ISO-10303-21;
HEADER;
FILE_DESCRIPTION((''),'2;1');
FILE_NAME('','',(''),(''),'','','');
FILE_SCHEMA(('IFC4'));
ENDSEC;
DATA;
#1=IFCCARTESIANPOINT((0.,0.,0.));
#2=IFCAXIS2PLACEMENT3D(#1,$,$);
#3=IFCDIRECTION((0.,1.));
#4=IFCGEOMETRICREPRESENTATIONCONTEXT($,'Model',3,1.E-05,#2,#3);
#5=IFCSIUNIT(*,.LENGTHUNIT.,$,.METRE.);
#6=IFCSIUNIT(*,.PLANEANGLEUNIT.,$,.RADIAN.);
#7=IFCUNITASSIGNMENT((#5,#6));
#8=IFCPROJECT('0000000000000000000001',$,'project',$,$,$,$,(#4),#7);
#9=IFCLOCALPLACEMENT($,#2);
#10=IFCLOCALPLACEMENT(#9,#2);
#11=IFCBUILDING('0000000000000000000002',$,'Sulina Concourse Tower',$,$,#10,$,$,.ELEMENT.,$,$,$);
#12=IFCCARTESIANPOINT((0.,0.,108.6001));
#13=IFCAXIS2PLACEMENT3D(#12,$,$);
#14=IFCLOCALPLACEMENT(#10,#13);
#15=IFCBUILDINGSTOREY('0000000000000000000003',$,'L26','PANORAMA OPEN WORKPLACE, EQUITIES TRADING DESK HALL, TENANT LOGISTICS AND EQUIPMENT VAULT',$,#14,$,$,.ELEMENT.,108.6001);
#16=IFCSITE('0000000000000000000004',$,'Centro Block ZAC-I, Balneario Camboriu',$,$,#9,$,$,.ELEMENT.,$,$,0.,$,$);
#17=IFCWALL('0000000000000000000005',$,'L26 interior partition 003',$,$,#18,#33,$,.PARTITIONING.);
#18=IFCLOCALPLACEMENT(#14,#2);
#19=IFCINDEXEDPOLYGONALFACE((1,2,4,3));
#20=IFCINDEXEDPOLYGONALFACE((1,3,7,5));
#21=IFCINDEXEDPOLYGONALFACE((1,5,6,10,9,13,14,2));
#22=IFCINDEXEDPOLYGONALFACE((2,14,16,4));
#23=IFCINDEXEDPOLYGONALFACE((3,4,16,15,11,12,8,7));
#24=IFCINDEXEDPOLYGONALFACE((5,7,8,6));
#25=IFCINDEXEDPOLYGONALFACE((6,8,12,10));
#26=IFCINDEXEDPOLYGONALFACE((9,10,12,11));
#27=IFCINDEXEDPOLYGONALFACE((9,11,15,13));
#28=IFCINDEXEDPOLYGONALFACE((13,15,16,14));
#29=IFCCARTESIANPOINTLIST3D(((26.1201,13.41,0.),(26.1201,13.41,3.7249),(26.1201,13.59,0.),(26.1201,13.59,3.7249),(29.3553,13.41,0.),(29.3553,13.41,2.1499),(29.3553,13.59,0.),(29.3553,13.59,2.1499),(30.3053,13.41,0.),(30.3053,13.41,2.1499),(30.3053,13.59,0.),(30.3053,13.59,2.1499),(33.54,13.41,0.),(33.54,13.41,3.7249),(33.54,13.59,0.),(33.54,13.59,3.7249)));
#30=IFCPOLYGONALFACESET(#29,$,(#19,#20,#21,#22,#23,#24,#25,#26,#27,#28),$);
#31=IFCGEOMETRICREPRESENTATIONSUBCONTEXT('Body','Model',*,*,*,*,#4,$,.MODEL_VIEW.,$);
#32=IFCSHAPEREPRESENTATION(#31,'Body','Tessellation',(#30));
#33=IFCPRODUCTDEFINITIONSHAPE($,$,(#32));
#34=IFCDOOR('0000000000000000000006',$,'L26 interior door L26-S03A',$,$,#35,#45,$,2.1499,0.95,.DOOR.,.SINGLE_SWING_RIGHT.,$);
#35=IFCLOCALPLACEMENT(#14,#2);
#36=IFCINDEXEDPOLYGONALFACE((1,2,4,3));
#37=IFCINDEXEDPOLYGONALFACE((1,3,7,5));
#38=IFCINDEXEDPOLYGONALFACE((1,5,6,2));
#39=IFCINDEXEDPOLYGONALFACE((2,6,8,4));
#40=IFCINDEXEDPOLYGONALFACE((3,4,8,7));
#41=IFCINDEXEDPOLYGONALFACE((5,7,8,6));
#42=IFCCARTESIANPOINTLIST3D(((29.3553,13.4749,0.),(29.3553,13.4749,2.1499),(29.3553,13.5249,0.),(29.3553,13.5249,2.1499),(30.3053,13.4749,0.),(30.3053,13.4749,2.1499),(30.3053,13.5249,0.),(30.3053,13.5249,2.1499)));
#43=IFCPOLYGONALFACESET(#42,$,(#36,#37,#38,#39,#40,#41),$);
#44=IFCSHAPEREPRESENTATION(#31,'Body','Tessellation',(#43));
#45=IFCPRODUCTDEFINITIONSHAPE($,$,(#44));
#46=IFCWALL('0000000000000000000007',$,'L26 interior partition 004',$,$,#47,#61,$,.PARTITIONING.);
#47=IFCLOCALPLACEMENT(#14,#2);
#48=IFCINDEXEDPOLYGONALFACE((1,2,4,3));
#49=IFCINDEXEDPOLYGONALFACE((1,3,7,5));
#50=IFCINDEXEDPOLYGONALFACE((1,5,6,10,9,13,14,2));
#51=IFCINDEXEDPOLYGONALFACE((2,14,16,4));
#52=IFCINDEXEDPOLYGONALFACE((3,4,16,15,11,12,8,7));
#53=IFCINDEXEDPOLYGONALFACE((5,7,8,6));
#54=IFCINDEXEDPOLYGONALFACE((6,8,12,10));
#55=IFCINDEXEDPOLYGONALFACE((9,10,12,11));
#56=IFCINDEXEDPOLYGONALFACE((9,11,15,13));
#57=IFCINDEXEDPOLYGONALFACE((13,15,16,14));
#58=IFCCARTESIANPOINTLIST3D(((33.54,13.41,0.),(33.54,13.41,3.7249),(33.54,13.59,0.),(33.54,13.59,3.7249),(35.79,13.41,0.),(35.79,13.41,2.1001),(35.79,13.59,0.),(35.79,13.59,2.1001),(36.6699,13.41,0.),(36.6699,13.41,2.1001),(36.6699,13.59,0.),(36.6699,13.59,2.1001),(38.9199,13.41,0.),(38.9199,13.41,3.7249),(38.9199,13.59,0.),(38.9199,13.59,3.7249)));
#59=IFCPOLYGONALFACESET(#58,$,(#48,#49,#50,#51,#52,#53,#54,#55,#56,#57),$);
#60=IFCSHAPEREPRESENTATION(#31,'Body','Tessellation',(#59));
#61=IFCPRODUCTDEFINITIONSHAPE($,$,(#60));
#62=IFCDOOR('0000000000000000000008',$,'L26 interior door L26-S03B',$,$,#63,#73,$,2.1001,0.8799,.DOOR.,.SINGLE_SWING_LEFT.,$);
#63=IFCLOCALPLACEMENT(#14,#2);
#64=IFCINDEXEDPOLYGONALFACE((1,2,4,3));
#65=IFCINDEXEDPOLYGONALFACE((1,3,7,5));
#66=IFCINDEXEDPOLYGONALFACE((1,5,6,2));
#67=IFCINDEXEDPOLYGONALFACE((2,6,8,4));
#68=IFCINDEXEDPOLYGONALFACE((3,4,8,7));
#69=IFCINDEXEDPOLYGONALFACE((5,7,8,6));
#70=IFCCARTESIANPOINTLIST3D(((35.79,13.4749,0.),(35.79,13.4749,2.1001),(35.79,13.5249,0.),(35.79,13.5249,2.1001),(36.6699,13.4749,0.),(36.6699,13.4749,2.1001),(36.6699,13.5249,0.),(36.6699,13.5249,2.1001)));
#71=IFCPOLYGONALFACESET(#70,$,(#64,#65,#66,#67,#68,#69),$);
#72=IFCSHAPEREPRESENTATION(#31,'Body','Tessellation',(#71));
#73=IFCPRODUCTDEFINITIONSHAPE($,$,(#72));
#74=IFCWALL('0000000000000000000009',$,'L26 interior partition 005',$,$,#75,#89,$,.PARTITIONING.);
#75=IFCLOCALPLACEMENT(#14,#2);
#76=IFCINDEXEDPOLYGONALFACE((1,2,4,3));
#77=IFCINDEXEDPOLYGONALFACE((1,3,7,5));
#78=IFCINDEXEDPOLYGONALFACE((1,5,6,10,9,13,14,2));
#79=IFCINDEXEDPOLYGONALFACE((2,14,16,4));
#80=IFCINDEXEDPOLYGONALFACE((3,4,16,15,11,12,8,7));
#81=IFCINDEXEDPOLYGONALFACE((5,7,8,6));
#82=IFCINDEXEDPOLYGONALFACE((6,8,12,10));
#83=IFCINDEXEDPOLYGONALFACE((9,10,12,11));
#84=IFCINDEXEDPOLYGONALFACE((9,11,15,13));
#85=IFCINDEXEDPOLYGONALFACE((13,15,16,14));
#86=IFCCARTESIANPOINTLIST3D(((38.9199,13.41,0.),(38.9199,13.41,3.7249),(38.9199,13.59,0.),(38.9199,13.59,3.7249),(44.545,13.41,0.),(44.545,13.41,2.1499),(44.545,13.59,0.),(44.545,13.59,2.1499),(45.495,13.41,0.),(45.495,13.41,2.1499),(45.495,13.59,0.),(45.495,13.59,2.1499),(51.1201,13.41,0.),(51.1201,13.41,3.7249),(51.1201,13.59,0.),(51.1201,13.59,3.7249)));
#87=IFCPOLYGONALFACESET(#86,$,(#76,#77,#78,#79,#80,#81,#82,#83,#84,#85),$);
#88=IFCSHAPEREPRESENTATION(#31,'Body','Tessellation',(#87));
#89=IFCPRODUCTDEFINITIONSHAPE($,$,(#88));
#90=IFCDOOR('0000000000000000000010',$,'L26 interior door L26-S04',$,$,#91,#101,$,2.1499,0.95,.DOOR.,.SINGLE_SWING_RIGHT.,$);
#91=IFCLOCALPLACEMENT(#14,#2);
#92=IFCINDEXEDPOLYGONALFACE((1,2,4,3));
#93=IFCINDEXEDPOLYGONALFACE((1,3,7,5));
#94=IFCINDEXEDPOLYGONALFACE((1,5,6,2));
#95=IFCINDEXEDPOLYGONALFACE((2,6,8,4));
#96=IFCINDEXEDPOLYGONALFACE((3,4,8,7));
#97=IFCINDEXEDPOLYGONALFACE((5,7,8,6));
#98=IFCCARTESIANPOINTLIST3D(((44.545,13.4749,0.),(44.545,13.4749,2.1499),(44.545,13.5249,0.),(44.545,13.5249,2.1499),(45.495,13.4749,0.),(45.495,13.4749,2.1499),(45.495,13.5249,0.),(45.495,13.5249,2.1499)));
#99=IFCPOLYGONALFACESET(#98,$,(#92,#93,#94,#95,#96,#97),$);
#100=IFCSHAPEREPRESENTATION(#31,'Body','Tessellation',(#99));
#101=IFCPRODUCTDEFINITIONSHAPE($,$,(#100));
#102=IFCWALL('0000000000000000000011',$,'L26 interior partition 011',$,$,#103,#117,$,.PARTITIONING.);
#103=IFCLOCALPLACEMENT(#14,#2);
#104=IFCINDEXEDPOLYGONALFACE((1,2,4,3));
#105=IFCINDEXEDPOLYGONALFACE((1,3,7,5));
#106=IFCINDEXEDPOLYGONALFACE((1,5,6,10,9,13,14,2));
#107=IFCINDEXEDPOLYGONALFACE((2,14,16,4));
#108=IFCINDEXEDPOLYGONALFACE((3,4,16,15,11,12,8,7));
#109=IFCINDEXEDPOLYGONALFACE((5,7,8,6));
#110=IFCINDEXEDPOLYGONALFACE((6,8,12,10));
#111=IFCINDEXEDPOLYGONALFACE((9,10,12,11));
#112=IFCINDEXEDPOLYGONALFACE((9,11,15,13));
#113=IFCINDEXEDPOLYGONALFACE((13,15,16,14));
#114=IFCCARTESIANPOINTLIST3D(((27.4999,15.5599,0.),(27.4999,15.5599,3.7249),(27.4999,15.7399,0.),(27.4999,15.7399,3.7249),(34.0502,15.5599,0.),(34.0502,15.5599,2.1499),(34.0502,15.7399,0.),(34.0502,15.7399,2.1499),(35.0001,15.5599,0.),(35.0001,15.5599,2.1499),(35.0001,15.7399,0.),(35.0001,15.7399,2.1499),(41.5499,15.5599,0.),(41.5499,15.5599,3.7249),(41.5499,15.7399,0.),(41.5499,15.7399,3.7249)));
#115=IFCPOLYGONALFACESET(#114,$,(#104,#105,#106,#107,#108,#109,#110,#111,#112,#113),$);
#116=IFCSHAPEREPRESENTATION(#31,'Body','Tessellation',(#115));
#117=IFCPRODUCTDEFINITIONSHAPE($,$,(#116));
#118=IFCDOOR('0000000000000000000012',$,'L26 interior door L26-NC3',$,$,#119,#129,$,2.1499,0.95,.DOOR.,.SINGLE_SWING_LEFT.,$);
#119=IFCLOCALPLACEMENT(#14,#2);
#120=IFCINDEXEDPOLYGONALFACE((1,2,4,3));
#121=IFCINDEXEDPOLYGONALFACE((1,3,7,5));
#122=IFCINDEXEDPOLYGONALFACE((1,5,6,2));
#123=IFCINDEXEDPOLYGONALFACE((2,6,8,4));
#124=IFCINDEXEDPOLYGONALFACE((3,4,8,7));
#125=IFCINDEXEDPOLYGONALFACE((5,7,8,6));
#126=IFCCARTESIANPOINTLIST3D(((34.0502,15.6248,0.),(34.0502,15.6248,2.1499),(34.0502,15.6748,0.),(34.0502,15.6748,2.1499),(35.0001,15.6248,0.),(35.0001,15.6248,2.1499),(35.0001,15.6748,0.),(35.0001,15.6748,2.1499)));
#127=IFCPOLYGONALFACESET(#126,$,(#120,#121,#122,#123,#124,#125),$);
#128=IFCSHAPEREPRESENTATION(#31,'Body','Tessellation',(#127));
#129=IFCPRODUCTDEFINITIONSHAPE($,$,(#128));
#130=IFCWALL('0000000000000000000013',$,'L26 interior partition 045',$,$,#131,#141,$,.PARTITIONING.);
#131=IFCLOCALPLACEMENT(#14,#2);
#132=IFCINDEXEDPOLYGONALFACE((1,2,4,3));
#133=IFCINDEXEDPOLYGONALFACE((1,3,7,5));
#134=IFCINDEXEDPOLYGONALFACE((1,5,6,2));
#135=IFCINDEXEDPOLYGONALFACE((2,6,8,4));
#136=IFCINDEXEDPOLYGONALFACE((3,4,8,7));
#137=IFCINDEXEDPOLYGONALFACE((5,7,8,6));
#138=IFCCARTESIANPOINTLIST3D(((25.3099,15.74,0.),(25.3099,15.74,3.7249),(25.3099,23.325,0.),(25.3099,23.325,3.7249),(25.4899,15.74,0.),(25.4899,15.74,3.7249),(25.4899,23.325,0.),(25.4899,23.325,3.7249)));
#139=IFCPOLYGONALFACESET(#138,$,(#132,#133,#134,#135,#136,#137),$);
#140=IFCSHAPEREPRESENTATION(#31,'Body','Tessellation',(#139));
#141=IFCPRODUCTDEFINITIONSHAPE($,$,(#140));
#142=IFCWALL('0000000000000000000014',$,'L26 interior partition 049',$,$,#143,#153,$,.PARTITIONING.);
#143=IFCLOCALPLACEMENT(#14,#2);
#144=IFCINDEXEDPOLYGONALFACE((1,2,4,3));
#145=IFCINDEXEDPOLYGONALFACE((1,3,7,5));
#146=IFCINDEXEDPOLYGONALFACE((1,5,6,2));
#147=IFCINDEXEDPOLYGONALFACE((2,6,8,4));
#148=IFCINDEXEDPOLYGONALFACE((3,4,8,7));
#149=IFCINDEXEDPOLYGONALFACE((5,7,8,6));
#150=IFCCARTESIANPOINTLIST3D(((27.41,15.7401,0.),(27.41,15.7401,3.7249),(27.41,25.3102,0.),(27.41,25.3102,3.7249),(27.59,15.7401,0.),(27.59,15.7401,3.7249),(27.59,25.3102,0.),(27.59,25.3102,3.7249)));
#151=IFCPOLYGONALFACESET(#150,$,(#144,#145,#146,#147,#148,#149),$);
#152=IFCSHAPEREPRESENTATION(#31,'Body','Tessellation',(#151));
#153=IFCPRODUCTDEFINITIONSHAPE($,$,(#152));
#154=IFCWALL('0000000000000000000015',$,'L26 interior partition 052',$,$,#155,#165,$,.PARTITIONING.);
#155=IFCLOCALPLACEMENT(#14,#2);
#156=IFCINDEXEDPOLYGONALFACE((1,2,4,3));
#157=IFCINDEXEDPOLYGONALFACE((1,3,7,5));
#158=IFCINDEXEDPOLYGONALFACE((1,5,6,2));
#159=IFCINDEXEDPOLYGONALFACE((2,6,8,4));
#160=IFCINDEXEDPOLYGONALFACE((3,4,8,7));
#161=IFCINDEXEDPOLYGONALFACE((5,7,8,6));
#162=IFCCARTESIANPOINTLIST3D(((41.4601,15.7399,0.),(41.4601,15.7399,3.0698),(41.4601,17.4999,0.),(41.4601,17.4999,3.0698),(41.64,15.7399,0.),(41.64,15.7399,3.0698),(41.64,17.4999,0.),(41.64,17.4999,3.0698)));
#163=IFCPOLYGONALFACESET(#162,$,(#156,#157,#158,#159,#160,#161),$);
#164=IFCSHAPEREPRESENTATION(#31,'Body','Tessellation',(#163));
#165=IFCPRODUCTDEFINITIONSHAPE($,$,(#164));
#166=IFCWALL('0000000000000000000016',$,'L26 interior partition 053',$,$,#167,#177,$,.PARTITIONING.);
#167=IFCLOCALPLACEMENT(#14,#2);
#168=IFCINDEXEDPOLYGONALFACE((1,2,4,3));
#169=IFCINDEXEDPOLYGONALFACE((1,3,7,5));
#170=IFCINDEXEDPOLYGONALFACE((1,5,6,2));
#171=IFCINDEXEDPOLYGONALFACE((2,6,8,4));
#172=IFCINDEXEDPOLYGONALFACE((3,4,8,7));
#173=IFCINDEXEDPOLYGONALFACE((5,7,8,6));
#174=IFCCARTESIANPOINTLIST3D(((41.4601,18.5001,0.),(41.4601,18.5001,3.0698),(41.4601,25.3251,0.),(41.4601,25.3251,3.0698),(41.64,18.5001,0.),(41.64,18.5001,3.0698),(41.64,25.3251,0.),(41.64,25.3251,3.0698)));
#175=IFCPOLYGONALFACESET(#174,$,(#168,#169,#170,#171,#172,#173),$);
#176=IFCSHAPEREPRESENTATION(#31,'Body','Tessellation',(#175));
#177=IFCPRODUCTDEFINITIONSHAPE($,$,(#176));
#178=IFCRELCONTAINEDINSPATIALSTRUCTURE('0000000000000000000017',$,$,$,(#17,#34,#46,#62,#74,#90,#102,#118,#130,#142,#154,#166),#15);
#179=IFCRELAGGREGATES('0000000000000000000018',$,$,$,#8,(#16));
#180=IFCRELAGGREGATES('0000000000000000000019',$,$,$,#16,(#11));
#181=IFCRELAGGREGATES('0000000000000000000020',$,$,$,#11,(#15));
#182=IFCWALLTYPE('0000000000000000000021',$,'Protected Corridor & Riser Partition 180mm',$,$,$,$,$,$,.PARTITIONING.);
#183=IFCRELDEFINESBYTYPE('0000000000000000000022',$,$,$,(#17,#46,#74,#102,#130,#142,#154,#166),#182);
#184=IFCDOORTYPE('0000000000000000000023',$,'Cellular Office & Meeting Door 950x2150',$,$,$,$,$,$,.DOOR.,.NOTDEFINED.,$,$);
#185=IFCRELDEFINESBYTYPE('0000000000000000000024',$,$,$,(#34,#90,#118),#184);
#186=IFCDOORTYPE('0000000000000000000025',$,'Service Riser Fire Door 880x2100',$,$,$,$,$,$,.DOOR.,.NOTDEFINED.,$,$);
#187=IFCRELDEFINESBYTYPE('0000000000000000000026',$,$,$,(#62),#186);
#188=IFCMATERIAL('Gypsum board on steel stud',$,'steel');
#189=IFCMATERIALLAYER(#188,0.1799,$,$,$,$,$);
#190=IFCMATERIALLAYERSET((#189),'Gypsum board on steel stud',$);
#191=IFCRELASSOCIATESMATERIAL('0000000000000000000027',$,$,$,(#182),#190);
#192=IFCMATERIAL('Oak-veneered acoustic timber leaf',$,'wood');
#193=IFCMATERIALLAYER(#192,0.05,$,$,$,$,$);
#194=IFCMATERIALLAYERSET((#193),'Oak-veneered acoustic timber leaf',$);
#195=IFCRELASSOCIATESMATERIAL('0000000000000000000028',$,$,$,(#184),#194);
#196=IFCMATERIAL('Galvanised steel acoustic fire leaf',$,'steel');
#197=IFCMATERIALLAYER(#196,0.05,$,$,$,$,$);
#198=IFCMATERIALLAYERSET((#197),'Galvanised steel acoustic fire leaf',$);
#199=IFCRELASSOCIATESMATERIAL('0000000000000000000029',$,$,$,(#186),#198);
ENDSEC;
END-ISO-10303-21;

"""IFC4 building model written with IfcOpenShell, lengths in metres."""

from ifc_helpers import new_model, si_unit, direction, frame, frame_2d, origin, place, context, subcontext, project, spatial, rectangle, extrude, material, layer, layer_set, type_object, element, fill, save


model = new_model("IFC4")

# Units and contexts
model_context = context("Model", 3, precision=1e-05, world=origin(), true_north=direction((0.0, 1.0)))
body_context = subcontext(model_context, "Body", "Model", "MODEL_VIEW")
ifc_project = project(units=[si_unit("LENGTHUNIT", "METRE"), si_unit("PLANEANGLEUNIT", "RADIAN")], contexts=[model_context])

# Site, building, storey
site_placement = place(None, origin())
site = spatial("IfcSite", under=ifc_project, at=site_placement, Name="Centro Block ZAC-I, Balneario Camboriu", CompositionType="ELEMENT", RefElevation=0.0)
building_placement = place(site_placement, origin())
building = spatial("IfcBuilding", under=site, at=building_placement, Name="Sulina Concourse Tower", CompositionType="ELEMENT")
storey_placement = place(building_placement, frame((0.0, 0.0, 108.6001)))
storey = spatial("IfcBuildingStorey", under=building, at=storey_placement, Name="L26", Description="PANORAMA OPEN WORKPLACE, EQUITIES TRADING DESK HALL, TENANT LOGISTICS AND EQUIPMENT VAULT", CompositionType="ELEMENT", Elevation=108.6001)

# Walls, openings, doors
ifc_material_1 = material(Name="Gypsum board on steel stud", Category="steel")
ifc_layer_1 = layer(ifc_material_1, 0.1799)
ifc_layer_set_1 = layer_set([ifc_layer_1], Name="Gypsum board on steel stud")
wall_type_1 = type_object("IfcWallType", Name="Protected Corridor & Riser Partition 180mm", PredefinedType="PARTITIONING", material=ifc_layer_set_1)
wall_1_placement = place(storey_placement, frame((26.1201, 13.5, 0.0), z_axis=(0.0, 0.0, 1.0), x_axis=(1.0, 0.0, 0.0)))
wall_1 = element("IfcWall", 1, at=wall_1_placement, inside=storey, type_object=wall_type_1, Name="L26 interior partition 003", PredefinedType="PARTITIONING", context=body_context, shape_type="SweptSolid", body=[
    extrude(rectangle(XDim=7.4199, YDim=0.1799, at=frame_2d((3.71, 0.0))), origin(), (0.0, 0.0, 1.0), 3.7249),
])
opening_1_placement = place(wall_1_placement, frame((3.2351, 0.0, 0.0)))
opening_1 = element("IfcOpeningElement", 2, at=opening_1_placement, cuts=wall_1, PredefinedType="OPENING", context=body_context, shape_type="SweptSolid", body=[
    extrude(rectangle(XDim=0.95, YDim=2.1499, at=frame_2d((0.4751, 1.075))), frame((0.0, 0.0999, 0.0), z_axis=(0.0, -1.0, 0.0), x_axis=(1.0, 0.0, 0.0)), (0.0, 0.0, 1.0), 0.2),
])
ifc_material_2 = material(Name="Oak-veneered acoustic timber leaf", Category="wood")
ifc_layer_2 = layer(ifc_material_2, 0.05)
ifc_layer_set_2 = layer_set([ifc_layer_2], Name="Oak-veneered acoustic timber leaf")
door_type_1 = type_object("IfcDoorType", Name="Cellular Office & Meeting Door 950x2150", OperationType="NOTDEFINED", PredefinedType="DOOR", material=ifc_layer_set_2)
door_1_placement = place(opening_1_placement, origin())
door_1 = element("IfcDoor", 3, at=door_1_placement, inside=storey, type_object=door_type_1, Name="L26 interior door L26-S03A", OperationType="SINGLE_SWING_RIGHT", OverallHeight=2.1499, OverallWidth=0.95, PredefinedType="DOOR", context=body_context, shape_type="SweptSolid", body=[
    extrude(rectangle(XDim=0.95, YDim=2.1499, at=frame_2d((0.4751, 1.075))), frame((0.0, 0.0249, 0.0), z_axis=(0.0, -1.0, 0.0), x_axis=(1.0, 0.0, 0.0)), (0.0, 0.0, 1.0), 0.05),
])
fill(opening_1, door_1)
wall_2_placement = place(storey_placement, frame((33.54, 13.5, 0.0), z_axis=(0.0, 0.0, 1.0), x_axis=(1.0, 0.0, 0.0)))
wall_2 = element("IfcWall", 4, at=wall_2_placement, inside=storey, type_object=wall_type_1, Name="L26 interior partition 004", PredefinedType="PARTITIONING", context=body_context, shape_type="SweptSolid", body=[
    extrude(rectangle(XDim=5.3799, YDim=0.1799, at=frame_2d((2.6899, 0.0))), origin(), (0.0, 0.0, 1.0), 3.7249),
])
opening_2_placement = place(wall_2_placement, frame((2.25, 0.0, 0.0)))
opening_2 = element("IfcOpeningElement", 5, at=opening_2_placement, cuts=wall_2, PredefinedType="OPENING", context=body_context, shape_type="SweptSolid", body=[
    extrude(rectangle(XDim=0.8799, YDim=2.1001, at=frame_2d((0.4399, 1.05))), frame((0.0, 0.0999, 0.0), z_axis=(0.0, -1.0, 0.0), x_axis=(1.0, 0.0, 0.0)), (0.0, 0.0, 1.0), 0.2),
])
ifc_material_3 = material(Name="Galvanised steel acoustic fire leaf", Category="steel")
ifc_layer_3 = layer(ifc_material_3, 0.05)
ifc_layer_set_3 = layer_set([ifc_layer_3], Name="Galvanised steel acoustic fire leaf")
door_type_2 = type_object("IfcDoorType", Name="Service Riser Fire Door 880x2100", OperationType="NOTDEFINED", PredefinedType="DOOR", material=ifc_layer_set_3)
door_2_placement = place(opening_2_placement, origin())
door_2 = element("IfcDoor", 6, at=door_2_placement, inside=storey, type_object=door_type_2, Name="L26 interior door L26-S03B", OperationType="SINGLE_SWING_LEFT", OverallHeight=2.1001, OverallWidth=0.8799, PredefinedType="DOOR", context=body_context, shape_type="SweptSolid", body=[
    extrude(rectangle(XDim=0.8799, YDim=2.1001, at=frame_2d((0.4399, 1.05))), frame((0.0, 0.0249, 0.0), z_axis=(0.0, -1.0, 0.0), x_axis=(1.0, 0.0, 0.0)), (0.0, 0.0, 1.0), 0.05),
])
fill(opening_2, door_2)
wall_3_placement = place(storey_placement, frame((38.9199, 13.5, 0.0), z_axis=(0.0, 0.0, 1.0), x_axis=(1.0, 0.0, 0.0)))
wall_3 = element("IfcWall", 7, at=wall_3_placement, inside=storey, type_object=wall_type_1, Name="L26 interior partition 005", PredefinedType="PARTITIONING", context=body_context, shape_type="SweptSolid", body=[
    extrude(rectangle(XDim=12.2002, YDim=0.1799, at=frame_2d((6.1001, 0.0))), origin(), (0.0, 0.0, 1.0), 3.7249),
])
opening_3_placement = place(wall_3_placement, frame((5.625, 0.0, 0.0)))
opening_3 = element("IfcOpeningElement", 8, at=opening_3_placement, cuts=wall_3, PredefinedType="OPENING", context=body_context, shape_type="SweptSolid", body=[
    extrude(rectangle(XDim=0.95, YDim=2.1499, at=frame_2d((0.4751, 1.075))), frame((0.0, 0.0999, 0.0), z_axis=(0.0, -1.0, 0.0), x_axis=(1.0, 0.0, 0.0)), (0.0, 0.0, 1.0), 0.2),
])
door_3_placement = place(opening_3_placement, origin())
door_3 = element("IfcDoor", 9, at=door_3_placement, inside=storey, type_object=door_type_1, Name="L26 interior door L26-S04", OperationType="SINGLE_SWING_RIGHT", OverallHeight=2.1499, OverallWidth=0.95, PredefinedType="DOOR", context=body_context, shape_type="SweptSolid", body=[
    extrude(rectangle(XDim=0.95, YDim=2.1499, at=frame_2d((0.4751, 1.075))), frame((0.0, 0.0249, 0.0), z_axis=(0.0, -1.0, 0.0), x_axis=(1.0, 0.0, 0.0)), (0.0, 0.0, 1.0), 0.05),
])
fill(opening_3, door_3)
wall_4_placement = place(storey_placement, frame((27.5, 15.6499, 0.0), z_axis=(0.0, 0.0, 1.0), x_axis=(1.0, 0.0, 0.0)))
wall_4 = element("IfcWall", 10, at=wall_4_placement, inside=storey, type_object=wall_type_1, Name="L26 interior partition 011", PredefinedType="PARTITIONING", context=body_context, shape_type="SweptSolid", body=[
    extrude(rectangle(XDim=14.05, YDim=0.1799, at=frame_2d((7.0249, 0.0))), origin(), (0.0, 0.0, 1.0), 3.7249),
])
opening_4_placement = place(wall_4_placement, frame((6.55, 0.0, 0.0)))
opening_4 = element("IfcOpeningElement", 11, at=opening_4_placement, cuts=wall_4, PredefinedType="OPENING", context=body_context, shape_type="SweptSolid", body=[
    extrude(rectangle(XDim=0.95, YDim=2.1499, at=frame_2d((0.4751, 1.075))), frame((0.0, 0.0999, 0.0), z_axis=(0.0, -1.0, 0.0), x_axis=(1.0, 0.0, 0.0)), (0.0, 0.0, 1.0), 0.2),
])
door_4_placement = place(opening_4_placement, origin())
door_4 = element("IfcDoor", 12, at=door_4_placement, inside=storey, type_object=door_type_1, Name="L26 interior door L26-NC3", OperationType="SINGLE_SWING_LEFT", OverallHeight=2.1499, OverallWidth=0.95, PredefinedType="DOOR", context=body_context, shape_type="SweptSolid", body=[
    extrude(rectangle(XDim=0.95, YDim=2.1499, at=frame_2d((0.4751, 1.075))), frame((0.0, 0.0249, 0.0), z_axis=(0.0, -1.0, 0.0), x_axis=(1.0, 0.0, 0.0)), (0.0, 0.0, 1.0), 0.05),
])
fill(opening_4, door_4)

# Wall
wall_5_placement = place(storey_placement, frame((25.3999, 15.74, 0.0), z_axis=(0.0, 0.0, 1.0), x_axis=(0.0, 1.0, 0.0)))
element("IfcWall", 13, at=wall_5_placement, inside=storey, type_object=wall_type_1, Name="L26 interior partition 045", PredefinedType="PARTITIONING", context=body_context, shape_type="SweptSolid", body=[
    extrude(rectangle(XDim=7.585, YDim=0.1799, at=frame_2d((3.7925, 0.0))), origin(), (0.0, 0.0, 1.0), 3.7249),
])

# Walls
wall_6_placement = place(storey_placement, frame((27.5, 15.74, 0.0), z_axis=(0.0, 0.0, 1.0), x_axis=(0.0, 1.0, 0.0)))
element("IfcWall", 14, at=wall_6_placement, inside=storey, type_object=wall_type_1, Name="L26 interior partition 049", PredefinedType="PARTITIONING", context=body_context, shape_type="SweptSolid", body=[
    extrude(rectangle(XDim=9.5701, YDim=0.1799, at=frame_2d((4.7852, 0.0))), origin(), (0.0, 0.0, 1.0), 3.7249),
])
wall_7_placement = place(storey_placement, frame((41.55, 15.74, 0.0), z_axis=(0.0, 0.0, 1.0), x_axis=(0.0, 1.0, 0.0)))
element("IfcWall", 15, at=wall_7_placement, inside=storey, type_object=wall_type_1, Name="L26 interior partition 052", PredefinedType="PARTITIONING", context=body_context, shape_type="SweptSolid", body=[
    extrude(rectangle(XDim=1.76, YDim=0.1799, at=frame_2d((0.8799, 0.0))), origin(), (0.0, 0.0, 1.0), 3.0698),
])
wall_8_placement = place(storey_placement, frame((41.55, 18.5, 0.0), z_axis=(0.0, 0.0, 1.0), x_axis=(0.0, 1.0, 0.0)))
element("IfcWall", 16, at=wall_8_placement, inside=storey, type_object=wall_type_1, Name="L26 interior partition 053", PredefinedType="PARTITIONING", context=body_context, shape_type="SweptSolid", body=[
    extrude(rectangle(XDim=6.825, YDim=0.1799, at=frame_2d((3.4126, 0.0))), origin(), (0.0, 0.0, 1.0), 3.0698),
])

save(model, "model.ifc")
